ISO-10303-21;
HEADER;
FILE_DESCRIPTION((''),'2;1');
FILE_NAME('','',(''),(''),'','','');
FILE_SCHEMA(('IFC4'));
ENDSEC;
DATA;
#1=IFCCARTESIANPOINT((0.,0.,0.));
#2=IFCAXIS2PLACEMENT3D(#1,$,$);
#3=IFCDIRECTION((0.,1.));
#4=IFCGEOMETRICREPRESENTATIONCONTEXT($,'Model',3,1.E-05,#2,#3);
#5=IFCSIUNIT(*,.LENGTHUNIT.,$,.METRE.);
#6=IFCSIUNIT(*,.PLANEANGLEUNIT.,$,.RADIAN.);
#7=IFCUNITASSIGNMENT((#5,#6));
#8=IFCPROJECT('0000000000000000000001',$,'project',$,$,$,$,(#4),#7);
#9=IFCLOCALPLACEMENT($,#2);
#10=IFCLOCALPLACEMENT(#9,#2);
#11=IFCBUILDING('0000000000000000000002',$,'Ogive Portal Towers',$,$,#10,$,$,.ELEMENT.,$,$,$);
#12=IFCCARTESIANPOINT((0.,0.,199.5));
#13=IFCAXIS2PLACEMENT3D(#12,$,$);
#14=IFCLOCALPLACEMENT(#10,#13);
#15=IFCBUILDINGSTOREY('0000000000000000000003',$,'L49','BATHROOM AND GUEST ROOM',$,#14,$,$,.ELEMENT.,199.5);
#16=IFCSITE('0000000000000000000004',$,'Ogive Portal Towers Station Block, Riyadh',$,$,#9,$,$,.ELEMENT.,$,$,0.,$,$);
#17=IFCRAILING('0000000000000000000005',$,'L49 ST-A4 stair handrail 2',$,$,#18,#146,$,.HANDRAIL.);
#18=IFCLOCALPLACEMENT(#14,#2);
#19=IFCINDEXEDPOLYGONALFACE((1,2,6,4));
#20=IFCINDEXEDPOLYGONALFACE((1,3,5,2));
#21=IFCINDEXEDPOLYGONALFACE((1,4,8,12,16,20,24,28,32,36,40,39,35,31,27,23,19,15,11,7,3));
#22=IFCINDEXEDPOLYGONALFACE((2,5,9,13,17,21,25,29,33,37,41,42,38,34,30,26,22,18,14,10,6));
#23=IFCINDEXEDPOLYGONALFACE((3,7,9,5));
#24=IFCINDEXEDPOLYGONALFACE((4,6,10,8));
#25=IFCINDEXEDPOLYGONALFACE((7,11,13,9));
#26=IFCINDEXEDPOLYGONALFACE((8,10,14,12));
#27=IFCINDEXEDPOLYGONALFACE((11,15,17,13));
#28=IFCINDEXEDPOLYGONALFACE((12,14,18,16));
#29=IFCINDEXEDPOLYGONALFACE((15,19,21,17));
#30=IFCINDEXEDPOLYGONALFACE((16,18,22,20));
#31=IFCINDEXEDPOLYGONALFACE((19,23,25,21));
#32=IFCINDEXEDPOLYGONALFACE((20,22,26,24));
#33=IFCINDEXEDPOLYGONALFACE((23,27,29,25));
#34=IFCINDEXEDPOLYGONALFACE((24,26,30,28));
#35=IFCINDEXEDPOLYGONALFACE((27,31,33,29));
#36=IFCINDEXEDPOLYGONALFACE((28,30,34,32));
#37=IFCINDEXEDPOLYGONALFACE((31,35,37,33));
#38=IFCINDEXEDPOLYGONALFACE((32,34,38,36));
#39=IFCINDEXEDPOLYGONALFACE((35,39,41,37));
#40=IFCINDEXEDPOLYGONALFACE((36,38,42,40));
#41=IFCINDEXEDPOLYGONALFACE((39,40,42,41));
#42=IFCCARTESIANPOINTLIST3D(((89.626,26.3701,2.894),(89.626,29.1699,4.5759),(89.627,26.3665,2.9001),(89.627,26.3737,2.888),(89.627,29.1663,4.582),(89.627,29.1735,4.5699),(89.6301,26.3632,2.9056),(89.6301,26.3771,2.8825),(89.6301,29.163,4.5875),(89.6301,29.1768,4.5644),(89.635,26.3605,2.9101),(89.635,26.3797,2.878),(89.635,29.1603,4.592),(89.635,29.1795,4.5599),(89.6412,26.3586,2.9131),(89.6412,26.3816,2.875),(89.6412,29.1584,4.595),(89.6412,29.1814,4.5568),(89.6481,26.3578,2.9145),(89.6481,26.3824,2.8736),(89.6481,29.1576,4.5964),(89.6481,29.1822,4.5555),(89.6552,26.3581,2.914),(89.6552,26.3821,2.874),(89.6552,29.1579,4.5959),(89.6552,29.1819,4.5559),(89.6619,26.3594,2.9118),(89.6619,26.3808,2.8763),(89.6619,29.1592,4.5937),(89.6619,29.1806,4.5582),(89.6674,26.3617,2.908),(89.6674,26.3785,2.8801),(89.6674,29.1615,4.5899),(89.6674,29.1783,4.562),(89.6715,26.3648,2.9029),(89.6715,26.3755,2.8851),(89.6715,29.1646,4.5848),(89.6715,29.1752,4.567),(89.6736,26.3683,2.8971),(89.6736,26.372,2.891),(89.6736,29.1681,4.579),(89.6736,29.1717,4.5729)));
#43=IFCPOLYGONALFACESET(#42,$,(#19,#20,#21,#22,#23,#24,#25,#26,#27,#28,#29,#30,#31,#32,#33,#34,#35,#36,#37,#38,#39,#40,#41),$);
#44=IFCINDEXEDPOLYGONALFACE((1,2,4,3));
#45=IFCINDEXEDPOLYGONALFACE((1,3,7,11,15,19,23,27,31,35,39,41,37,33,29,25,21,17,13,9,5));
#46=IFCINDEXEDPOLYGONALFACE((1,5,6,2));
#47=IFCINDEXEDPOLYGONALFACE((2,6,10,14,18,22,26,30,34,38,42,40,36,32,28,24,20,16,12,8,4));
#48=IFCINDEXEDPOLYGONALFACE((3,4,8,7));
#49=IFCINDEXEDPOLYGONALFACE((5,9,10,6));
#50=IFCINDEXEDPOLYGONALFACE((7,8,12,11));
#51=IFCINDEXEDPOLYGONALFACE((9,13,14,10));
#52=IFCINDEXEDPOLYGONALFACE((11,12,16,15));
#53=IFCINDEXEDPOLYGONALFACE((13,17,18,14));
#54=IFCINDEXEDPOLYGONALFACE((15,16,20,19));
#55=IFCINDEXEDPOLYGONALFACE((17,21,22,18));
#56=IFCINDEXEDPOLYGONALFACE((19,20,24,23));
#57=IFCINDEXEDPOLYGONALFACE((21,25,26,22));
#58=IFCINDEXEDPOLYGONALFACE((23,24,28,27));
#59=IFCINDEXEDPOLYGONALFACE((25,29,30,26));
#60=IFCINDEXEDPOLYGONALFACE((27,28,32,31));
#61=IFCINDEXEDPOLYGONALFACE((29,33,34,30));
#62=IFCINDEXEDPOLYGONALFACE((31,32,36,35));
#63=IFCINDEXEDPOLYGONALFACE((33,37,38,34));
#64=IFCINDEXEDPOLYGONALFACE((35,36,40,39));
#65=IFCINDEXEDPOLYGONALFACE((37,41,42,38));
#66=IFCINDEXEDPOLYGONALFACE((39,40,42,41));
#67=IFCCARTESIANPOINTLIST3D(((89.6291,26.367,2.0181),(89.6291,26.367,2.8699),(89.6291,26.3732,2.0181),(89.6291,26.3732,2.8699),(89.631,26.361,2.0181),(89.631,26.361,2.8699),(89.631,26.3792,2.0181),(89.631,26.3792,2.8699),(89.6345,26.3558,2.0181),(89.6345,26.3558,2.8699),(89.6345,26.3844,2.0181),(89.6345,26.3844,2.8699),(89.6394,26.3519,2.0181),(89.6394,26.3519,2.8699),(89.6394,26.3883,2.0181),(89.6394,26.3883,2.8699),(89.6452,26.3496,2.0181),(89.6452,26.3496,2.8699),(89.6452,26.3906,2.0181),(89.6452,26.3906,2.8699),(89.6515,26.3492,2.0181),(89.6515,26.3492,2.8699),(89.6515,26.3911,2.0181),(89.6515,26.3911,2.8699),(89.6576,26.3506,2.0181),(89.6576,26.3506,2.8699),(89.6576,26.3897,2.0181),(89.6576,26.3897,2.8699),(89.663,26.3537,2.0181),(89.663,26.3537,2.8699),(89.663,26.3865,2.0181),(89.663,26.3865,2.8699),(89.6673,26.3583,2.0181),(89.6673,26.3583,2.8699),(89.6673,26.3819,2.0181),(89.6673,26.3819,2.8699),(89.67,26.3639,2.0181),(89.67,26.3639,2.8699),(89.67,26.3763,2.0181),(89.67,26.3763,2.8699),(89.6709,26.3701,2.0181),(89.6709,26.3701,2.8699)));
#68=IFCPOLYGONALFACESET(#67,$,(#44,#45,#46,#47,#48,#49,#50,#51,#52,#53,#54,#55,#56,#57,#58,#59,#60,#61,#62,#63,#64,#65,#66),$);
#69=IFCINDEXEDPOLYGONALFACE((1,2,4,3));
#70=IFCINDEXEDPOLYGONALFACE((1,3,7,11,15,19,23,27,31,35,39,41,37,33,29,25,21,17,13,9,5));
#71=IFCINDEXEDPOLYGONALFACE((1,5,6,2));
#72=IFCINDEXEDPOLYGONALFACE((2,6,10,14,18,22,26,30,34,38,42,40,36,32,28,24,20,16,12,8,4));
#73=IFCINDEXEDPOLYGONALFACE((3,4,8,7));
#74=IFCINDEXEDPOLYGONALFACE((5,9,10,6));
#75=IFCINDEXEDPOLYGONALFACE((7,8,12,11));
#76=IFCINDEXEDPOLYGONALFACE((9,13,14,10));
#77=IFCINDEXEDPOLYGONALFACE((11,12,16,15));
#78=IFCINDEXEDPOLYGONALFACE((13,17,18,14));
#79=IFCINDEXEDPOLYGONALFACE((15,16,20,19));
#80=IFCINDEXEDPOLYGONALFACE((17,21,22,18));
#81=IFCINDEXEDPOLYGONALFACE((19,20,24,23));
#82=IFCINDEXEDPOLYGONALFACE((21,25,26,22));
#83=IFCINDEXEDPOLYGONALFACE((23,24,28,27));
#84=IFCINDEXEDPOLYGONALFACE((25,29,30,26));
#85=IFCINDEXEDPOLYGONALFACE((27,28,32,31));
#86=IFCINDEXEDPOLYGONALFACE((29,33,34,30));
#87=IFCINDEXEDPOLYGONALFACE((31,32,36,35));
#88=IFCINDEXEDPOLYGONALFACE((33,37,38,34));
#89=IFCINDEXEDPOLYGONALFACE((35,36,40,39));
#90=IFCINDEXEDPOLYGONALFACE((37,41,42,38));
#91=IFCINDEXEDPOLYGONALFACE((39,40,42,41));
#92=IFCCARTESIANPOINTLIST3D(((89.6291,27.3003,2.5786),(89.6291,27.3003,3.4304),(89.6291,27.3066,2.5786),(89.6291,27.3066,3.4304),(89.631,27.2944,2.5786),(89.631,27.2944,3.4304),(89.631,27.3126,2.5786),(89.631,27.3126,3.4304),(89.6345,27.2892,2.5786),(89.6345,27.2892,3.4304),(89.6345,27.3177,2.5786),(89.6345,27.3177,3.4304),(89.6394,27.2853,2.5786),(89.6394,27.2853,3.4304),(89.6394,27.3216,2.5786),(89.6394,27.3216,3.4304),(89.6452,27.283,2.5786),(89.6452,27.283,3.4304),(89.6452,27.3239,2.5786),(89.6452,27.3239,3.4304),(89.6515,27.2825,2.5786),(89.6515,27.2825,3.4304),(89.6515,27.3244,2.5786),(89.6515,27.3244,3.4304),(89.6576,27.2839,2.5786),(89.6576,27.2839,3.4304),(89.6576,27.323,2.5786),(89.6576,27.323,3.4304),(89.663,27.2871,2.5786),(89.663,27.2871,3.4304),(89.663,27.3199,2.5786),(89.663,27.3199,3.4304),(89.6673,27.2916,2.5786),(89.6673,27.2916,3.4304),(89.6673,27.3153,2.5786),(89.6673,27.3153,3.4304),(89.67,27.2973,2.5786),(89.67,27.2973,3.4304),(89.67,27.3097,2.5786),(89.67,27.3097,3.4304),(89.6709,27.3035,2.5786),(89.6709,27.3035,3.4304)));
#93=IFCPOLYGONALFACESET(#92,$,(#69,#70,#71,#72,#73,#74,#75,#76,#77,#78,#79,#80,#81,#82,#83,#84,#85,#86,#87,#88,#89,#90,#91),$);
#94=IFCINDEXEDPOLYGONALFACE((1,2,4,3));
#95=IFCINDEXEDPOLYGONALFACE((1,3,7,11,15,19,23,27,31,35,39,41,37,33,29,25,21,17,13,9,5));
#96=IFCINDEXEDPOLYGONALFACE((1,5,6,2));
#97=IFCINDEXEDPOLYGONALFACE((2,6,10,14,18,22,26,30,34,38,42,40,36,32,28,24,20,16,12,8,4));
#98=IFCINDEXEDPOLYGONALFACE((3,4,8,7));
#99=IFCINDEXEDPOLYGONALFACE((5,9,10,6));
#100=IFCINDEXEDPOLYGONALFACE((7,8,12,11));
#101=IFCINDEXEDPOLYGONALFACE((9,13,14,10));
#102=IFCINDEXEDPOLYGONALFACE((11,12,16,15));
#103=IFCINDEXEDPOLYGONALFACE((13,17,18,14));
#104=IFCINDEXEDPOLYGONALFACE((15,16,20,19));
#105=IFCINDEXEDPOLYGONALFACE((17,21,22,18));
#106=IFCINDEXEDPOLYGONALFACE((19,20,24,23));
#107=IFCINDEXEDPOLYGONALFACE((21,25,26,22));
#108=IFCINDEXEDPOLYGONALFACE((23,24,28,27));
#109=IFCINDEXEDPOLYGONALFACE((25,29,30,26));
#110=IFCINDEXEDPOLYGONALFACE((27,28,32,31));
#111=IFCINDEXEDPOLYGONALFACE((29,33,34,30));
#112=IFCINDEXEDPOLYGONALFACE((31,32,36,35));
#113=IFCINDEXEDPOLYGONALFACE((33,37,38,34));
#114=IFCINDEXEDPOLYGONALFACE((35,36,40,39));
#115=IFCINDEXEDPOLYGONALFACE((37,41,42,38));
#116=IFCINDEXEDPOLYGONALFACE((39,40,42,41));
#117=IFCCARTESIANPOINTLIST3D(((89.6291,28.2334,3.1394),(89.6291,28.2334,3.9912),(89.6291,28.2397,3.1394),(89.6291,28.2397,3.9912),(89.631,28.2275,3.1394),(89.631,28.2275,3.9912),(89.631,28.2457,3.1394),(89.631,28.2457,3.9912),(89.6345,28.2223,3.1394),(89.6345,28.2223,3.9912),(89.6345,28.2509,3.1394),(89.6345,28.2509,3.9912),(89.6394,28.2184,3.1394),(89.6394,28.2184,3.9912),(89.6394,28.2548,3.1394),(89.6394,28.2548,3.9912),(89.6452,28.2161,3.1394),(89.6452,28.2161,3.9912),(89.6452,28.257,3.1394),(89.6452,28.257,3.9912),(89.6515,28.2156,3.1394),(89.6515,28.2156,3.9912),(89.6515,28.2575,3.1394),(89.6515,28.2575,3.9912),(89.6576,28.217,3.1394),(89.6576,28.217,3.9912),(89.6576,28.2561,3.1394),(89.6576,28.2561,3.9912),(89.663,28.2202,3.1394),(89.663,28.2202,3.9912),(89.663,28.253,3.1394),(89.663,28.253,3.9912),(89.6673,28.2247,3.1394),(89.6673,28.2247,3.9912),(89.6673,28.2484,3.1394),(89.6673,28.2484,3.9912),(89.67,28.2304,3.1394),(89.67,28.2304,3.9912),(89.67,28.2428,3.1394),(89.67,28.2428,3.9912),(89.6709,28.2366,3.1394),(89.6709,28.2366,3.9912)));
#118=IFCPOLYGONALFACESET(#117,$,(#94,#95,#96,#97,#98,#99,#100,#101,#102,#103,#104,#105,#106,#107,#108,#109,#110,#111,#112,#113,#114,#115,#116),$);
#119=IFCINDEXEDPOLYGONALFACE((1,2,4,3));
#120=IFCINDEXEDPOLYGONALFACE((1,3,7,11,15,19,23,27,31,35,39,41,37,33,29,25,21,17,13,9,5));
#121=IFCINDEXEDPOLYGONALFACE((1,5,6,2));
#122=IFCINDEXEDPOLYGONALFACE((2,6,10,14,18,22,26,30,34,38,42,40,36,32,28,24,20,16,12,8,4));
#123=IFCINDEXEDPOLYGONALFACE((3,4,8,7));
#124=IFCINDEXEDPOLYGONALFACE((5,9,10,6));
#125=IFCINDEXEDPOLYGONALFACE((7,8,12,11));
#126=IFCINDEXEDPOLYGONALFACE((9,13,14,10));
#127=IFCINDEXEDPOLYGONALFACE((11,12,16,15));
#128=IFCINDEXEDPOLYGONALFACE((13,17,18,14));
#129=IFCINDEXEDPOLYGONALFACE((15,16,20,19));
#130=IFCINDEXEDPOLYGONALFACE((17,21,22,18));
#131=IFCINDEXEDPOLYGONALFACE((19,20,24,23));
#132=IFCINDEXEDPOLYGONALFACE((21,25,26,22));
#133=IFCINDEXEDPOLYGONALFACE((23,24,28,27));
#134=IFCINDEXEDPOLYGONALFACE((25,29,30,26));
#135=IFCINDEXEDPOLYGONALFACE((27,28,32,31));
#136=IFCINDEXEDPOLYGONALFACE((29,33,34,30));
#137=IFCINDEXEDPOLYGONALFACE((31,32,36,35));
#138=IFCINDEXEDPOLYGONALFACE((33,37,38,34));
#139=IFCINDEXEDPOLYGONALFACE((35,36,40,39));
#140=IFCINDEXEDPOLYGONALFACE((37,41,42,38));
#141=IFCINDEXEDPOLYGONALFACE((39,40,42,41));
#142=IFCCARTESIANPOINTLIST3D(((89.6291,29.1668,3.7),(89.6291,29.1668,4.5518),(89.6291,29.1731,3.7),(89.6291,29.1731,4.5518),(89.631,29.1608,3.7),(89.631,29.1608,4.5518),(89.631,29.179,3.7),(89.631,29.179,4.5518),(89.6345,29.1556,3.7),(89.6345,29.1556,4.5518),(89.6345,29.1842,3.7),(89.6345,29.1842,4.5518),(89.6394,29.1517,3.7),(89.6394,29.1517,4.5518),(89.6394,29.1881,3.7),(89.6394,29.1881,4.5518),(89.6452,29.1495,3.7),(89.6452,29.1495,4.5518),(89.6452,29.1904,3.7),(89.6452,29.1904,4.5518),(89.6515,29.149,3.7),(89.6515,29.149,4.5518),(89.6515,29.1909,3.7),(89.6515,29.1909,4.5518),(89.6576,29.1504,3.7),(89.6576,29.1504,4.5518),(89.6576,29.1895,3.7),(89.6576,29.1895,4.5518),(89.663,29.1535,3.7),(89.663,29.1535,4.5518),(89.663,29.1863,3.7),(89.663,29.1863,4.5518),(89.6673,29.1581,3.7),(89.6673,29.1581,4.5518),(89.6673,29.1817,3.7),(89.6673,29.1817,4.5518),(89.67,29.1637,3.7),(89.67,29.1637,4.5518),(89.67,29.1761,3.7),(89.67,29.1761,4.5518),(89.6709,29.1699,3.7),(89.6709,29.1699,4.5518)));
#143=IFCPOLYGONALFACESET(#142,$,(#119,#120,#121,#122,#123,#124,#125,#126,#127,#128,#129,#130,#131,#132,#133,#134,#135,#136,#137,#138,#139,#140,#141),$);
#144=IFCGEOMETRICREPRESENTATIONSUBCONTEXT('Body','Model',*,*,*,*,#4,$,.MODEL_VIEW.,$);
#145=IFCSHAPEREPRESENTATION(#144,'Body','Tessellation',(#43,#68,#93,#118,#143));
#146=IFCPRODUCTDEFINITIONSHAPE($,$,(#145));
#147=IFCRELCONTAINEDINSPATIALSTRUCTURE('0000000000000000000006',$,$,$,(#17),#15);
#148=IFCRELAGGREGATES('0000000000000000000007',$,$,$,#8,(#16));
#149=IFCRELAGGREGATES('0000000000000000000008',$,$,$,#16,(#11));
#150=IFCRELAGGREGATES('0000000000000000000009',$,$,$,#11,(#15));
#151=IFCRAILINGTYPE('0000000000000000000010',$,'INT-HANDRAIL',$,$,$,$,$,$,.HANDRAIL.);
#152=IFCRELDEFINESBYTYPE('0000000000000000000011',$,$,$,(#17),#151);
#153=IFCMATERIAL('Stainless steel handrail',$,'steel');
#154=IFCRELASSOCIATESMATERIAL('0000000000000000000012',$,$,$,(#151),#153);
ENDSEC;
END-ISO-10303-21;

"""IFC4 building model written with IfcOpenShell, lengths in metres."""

from ifc_helpers import new_model, si_unit, direction, frame, origin, origin_2d, place, context, subcontext, project, spatial, circle, extrude, material, type_object, element, save


model = new_model("IFC4")

# Units and contexts
model_context = context("Model", 3, precision=1e-05, world=origin(), true_north=direction((0.0, 1.0)))
body_context = subcontext(model_context, "Body", "Model", "MODEL_VIEW")
ifc_project = project(units=[si_unit("LENGTHUNIT", "METRE"), si_unit("PLANEANGLEUNIT", "RADIAN")], contexts=[model_context])

# Site, building, storey
site_placement = place(None, origin())
site = spatial("IfcSite", under=ifc_project, at=site_placement, Name="Ogive Portal Towers Station Block, Riyadh", CompositionType="ELEMENT", RefElevation=0.0)
building_placement = place(site_placement, origin())
building = spatial("IfcBuilding", under=site, at=building_placement, Name="Ogive Portal Towers", CompositionType="ELEMENT")
storey_placement = place(building_placement, frame((0.0, 0.0, 199.5)))
storey = spatial("IfcBuildingStorey", under=building, at=storey_placement, Name="L49", Description="BATHROOM AND GUEST ROOM", CompositionType="ELEMENT", Elevation=199.5)

# Railing
ifc_material_1 = material(Name="Stainless steel handrail", Category="steel")
railing_type_1 = type_object("IfcRailingType", Name="INT-HANDRAIL", PredefinedType="HANDRAIL", material=ifc_material_1)
railing_1_placement = place(storey_placement, frame((89.6499, 26.3701, 2.0181)))
element("IfcRailing", 1, at=railing_1_placement, inside=storey, type_object=railing_type_1, Name="L49 ST-A4 stair handrail 2", PredefinedType="HANDRAIL", context=body_context, shape_type="SweptSolid", body=[
    extrude(circle(Radius=0.0239, at=origin_2d()), frame((0.0, 0.0, 0.876), z_axis=(0.0, 0.857222, 0.514946), x_axis=(-1.0, 0.0, 0.0)), (0.0, 0.0, 1.0), 3.2661),
    extrude(circle(Radius=0.021, at=origin_2d()), origin(), (0.0, 0.0, 1.0), 0.8518),
    extrude(circle(Radius=0.021, at=origin_2d()), frame((0.0, 0.9333, 0.5605)), (0.0, 0.0, 1.0), 0.8518),
    extrude(circle(Radius=0.021, at=origin_2d()), frame((0.0, 1.8665, 1.1213)), (0.0, 0.0, 1.0), 0.8518),
    extrude(circle(Radius=0.021, at=origin_2d()), frame((0.0, 2.7998, 1.6819)), (0.0, 0.0, 1.0), 0.8518),
])

save(model, "model.ifc")
